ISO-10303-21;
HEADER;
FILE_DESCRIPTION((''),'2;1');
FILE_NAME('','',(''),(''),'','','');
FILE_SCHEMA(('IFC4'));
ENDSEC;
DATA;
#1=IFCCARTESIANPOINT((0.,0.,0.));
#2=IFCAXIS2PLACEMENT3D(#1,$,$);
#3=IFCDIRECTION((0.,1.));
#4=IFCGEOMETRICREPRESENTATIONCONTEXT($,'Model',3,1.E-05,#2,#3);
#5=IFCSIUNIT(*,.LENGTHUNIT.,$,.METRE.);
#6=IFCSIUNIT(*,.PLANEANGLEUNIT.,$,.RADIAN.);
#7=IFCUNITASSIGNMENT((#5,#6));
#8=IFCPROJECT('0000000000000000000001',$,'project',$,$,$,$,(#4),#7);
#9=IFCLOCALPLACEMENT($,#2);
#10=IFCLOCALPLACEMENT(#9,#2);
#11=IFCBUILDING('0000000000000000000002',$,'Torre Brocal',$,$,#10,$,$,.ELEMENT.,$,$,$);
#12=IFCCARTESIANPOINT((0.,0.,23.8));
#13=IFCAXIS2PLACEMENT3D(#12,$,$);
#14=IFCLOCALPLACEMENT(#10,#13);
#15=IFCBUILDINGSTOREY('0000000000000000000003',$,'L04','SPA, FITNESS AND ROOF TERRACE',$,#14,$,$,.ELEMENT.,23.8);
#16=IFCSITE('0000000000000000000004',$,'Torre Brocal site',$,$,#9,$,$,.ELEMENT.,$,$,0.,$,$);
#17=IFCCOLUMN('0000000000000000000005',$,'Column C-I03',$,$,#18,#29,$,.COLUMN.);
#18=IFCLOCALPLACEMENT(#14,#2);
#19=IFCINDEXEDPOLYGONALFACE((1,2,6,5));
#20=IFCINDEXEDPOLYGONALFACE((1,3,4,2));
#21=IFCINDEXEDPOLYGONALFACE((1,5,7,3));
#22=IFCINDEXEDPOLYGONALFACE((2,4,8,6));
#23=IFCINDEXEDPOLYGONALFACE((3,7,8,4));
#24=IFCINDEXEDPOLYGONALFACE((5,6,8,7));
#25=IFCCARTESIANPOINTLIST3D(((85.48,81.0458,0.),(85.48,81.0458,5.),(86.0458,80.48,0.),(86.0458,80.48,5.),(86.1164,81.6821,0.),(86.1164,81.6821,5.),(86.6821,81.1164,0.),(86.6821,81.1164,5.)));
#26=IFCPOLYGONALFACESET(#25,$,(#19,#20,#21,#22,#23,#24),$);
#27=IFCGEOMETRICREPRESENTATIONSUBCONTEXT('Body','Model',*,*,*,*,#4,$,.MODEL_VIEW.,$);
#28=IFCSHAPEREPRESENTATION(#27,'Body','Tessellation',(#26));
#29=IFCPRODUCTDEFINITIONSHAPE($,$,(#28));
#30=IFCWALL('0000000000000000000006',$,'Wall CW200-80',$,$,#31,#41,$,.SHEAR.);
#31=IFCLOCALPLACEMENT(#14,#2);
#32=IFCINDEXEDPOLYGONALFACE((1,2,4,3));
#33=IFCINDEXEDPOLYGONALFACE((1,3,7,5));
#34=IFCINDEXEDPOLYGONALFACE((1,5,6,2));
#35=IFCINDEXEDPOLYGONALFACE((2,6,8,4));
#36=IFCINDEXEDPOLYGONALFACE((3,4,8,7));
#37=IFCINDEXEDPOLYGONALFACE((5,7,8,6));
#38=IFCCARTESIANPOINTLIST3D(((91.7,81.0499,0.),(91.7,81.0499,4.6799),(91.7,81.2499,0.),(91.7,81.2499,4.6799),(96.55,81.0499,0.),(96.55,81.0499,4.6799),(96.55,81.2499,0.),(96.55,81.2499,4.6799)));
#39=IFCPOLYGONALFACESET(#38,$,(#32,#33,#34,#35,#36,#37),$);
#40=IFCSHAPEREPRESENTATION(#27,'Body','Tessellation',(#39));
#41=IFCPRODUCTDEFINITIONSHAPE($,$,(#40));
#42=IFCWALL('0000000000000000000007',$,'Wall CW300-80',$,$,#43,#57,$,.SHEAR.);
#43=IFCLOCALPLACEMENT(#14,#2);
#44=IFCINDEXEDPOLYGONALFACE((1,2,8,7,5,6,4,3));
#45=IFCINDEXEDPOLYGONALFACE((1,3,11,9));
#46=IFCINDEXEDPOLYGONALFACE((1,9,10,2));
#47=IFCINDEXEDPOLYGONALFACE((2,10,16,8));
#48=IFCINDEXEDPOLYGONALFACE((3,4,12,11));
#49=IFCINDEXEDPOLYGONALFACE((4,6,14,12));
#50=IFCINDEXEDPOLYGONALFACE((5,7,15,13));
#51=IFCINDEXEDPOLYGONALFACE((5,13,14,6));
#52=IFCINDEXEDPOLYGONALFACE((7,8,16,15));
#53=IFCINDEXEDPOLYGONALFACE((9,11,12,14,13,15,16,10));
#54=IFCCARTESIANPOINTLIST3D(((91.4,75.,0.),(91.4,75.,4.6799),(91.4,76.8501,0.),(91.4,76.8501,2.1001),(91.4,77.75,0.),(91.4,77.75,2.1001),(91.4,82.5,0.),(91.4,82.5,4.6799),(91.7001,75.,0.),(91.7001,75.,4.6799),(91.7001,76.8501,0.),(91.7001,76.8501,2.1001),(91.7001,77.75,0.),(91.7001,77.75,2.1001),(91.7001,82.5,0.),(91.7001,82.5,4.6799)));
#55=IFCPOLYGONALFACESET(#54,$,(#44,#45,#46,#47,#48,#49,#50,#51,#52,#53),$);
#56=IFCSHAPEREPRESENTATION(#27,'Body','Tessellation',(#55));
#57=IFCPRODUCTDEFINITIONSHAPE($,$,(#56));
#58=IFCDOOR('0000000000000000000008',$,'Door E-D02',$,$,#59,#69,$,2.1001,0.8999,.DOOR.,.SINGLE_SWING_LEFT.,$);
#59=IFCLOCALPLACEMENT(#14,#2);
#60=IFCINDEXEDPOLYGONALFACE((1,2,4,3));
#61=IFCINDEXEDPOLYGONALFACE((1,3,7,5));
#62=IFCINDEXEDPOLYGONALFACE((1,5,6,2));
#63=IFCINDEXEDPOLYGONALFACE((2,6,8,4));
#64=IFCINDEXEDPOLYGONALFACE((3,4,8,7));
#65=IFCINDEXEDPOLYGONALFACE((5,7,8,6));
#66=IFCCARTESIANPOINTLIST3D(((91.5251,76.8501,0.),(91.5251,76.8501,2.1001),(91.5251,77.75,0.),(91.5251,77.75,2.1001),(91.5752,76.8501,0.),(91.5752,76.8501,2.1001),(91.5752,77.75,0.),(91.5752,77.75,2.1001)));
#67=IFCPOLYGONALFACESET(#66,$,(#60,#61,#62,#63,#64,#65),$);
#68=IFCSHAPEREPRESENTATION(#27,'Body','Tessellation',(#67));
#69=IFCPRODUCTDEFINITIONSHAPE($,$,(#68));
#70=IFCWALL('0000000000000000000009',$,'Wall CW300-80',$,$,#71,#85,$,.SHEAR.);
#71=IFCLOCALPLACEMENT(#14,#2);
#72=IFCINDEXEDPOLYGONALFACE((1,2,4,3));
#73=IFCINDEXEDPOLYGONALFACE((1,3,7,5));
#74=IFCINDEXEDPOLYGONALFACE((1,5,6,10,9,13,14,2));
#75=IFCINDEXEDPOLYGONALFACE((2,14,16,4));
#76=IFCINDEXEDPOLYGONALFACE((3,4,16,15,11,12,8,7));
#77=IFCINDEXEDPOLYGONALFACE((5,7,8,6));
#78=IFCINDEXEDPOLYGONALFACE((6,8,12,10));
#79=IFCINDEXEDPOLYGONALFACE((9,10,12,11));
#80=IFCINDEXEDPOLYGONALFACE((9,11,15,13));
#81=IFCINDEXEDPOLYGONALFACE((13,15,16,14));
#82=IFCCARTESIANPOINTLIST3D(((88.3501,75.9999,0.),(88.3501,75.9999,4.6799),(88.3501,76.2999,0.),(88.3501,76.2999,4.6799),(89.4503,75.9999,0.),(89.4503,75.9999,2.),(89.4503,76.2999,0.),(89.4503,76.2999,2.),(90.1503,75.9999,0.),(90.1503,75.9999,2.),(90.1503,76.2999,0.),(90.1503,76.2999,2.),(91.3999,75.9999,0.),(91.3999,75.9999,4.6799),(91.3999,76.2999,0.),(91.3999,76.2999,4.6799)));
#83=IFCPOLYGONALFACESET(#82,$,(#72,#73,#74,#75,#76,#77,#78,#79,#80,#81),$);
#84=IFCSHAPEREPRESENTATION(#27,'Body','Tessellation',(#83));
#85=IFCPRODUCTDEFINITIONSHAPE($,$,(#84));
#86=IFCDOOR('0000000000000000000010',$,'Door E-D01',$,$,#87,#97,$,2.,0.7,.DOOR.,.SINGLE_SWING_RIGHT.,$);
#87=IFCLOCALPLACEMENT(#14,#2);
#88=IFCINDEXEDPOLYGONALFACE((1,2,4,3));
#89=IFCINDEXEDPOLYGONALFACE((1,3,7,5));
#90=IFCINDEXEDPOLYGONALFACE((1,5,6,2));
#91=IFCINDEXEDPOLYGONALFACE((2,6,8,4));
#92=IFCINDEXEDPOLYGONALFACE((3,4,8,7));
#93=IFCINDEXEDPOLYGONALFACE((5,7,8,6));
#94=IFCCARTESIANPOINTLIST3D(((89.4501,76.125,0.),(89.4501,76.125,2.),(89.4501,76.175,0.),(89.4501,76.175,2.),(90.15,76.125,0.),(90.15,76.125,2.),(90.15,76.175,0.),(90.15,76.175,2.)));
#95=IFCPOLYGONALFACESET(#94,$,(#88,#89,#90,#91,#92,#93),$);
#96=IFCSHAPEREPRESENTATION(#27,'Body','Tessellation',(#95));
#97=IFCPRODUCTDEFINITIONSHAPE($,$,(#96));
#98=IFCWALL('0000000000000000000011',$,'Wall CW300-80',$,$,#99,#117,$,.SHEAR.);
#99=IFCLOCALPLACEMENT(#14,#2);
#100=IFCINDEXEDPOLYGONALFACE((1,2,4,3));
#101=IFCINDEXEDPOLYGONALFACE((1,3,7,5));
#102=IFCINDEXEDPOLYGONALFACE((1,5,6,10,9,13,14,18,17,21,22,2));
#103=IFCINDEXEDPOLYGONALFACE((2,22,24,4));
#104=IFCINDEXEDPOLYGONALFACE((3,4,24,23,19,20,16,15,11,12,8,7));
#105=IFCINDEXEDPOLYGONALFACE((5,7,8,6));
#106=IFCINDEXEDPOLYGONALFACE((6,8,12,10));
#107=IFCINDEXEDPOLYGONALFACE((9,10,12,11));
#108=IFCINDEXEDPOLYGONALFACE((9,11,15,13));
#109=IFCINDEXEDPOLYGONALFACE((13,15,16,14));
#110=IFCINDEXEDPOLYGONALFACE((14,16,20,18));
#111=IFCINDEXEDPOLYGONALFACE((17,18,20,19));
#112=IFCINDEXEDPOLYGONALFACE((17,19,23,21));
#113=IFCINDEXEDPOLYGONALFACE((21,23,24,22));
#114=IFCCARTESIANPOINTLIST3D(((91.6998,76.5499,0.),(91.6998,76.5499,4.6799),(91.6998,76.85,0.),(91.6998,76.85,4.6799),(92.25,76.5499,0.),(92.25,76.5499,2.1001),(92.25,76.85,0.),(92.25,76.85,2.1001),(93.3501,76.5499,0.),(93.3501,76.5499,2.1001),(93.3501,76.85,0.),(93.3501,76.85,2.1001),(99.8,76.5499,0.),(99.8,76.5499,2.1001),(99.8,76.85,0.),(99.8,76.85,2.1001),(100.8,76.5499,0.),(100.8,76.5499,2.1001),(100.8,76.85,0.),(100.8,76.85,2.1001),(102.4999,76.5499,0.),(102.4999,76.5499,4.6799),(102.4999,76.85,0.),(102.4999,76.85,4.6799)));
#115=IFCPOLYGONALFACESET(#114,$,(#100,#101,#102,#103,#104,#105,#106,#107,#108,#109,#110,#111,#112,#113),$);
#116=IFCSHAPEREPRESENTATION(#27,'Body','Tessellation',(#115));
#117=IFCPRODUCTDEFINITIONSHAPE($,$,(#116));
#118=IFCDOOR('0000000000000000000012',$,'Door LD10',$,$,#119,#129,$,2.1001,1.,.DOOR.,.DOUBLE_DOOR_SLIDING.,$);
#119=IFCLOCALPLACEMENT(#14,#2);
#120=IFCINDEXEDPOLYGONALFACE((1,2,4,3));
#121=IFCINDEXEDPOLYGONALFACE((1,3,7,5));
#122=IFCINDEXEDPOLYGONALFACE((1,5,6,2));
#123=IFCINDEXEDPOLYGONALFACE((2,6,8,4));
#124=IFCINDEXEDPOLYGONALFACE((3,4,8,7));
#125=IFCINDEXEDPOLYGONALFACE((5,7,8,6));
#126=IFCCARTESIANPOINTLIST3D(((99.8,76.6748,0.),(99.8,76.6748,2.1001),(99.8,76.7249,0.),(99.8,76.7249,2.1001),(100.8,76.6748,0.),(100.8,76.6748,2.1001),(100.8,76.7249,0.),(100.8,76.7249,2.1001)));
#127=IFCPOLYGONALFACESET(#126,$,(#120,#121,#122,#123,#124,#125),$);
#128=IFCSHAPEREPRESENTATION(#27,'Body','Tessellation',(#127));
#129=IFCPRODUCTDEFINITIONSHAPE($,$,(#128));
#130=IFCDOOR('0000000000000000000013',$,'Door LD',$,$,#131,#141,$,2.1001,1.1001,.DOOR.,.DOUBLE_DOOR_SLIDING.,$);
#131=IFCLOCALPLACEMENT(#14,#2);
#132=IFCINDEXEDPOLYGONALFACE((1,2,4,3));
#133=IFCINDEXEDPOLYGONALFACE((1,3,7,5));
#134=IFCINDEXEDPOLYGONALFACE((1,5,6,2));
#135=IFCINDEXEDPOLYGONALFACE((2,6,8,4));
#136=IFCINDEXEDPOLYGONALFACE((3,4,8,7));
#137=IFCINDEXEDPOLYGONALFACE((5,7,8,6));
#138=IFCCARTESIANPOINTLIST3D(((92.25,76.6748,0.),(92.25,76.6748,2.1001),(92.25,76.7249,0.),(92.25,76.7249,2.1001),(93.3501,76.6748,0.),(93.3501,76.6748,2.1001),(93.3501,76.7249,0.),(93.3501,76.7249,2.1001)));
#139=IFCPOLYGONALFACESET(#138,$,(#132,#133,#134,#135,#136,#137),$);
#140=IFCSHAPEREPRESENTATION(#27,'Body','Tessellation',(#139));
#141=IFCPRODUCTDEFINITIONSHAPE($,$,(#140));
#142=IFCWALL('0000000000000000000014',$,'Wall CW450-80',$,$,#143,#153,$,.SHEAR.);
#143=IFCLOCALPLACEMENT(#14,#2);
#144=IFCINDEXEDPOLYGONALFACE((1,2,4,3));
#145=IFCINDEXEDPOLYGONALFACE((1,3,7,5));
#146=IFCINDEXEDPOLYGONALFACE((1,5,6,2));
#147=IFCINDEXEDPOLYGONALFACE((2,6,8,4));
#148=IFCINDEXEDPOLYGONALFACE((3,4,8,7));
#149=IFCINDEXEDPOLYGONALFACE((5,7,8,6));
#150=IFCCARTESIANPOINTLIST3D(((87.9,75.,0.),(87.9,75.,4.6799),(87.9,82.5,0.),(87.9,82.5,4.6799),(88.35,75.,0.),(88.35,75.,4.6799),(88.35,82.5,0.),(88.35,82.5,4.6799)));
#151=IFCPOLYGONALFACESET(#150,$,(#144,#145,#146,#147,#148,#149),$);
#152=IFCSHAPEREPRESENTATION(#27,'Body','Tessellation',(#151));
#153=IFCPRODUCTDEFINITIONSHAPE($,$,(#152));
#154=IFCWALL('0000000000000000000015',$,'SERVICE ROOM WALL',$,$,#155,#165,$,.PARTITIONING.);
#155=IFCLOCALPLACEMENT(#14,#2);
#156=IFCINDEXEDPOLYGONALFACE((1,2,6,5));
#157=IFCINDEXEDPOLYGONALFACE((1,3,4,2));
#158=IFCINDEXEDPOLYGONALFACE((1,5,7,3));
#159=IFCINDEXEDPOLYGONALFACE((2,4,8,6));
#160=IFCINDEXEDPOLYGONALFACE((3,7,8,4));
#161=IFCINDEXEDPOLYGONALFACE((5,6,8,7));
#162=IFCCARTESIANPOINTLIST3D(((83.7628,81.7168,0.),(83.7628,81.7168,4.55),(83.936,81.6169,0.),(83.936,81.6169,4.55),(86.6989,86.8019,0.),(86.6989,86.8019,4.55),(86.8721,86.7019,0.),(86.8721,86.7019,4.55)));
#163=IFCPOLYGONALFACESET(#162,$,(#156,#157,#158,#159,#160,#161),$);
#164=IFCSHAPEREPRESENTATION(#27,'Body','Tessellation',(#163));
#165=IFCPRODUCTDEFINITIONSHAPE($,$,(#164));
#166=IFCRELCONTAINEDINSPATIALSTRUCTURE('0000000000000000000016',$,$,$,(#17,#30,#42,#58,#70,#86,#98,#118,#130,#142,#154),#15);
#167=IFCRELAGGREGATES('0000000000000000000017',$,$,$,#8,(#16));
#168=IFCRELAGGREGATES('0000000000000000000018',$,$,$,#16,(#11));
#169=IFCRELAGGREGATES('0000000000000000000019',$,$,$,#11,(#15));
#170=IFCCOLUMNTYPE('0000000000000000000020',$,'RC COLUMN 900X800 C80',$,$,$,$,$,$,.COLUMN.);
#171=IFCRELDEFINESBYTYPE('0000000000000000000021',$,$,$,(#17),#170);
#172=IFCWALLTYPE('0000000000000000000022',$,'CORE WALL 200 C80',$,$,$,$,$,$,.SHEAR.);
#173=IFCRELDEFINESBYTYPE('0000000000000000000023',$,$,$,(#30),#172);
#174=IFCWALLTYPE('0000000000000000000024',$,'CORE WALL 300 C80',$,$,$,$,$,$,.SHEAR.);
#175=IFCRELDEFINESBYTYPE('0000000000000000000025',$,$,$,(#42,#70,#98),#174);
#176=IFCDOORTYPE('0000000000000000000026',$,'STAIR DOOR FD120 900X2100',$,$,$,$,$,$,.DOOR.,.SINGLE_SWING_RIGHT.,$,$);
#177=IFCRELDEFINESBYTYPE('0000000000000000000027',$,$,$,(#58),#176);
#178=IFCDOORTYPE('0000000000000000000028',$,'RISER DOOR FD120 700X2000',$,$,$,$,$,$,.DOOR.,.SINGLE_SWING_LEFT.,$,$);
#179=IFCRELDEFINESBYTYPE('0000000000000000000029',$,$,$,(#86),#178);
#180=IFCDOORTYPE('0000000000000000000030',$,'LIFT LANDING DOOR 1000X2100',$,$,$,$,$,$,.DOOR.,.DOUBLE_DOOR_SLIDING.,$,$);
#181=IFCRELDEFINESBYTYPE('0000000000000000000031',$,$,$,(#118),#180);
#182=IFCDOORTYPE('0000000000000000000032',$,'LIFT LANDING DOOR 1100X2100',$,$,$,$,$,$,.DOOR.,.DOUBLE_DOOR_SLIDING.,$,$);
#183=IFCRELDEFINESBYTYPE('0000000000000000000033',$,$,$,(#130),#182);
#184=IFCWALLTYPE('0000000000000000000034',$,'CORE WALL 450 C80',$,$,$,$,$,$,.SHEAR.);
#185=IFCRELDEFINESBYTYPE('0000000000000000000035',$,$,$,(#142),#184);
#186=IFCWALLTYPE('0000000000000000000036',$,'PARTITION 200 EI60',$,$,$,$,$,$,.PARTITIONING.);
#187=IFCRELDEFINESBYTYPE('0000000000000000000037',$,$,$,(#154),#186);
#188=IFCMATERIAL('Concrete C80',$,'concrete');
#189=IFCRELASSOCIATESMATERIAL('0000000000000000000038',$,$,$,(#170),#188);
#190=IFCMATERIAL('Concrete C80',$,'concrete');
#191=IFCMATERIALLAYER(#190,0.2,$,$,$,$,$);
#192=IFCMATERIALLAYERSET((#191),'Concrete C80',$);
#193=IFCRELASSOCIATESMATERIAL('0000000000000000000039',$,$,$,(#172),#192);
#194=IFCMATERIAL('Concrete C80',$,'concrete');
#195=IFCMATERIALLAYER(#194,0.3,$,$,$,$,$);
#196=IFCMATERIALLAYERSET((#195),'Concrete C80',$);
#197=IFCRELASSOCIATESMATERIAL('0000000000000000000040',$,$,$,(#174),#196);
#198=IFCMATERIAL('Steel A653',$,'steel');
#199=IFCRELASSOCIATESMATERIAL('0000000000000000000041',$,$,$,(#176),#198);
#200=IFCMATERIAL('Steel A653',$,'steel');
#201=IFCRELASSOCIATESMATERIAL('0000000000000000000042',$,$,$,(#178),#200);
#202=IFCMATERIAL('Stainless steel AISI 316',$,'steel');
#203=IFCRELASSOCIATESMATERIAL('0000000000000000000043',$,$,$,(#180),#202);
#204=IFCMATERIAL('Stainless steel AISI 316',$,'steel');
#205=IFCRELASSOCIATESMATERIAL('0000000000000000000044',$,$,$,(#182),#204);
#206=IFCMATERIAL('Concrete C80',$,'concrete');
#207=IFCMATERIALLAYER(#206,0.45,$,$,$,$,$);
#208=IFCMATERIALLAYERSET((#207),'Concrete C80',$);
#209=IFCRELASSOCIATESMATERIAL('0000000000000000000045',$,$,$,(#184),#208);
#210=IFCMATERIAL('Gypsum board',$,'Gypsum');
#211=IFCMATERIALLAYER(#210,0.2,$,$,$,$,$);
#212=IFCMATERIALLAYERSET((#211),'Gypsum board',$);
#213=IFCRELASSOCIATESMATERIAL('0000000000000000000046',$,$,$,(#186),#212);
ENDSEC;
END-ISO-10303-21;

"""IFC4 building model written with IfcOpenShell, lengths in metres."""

from ifc_helpers import new_model, si_unit, direction, frame, frame_2d, origin, origin_2d, place, context, subcontext, project, spatial, rectangle, extrude, material, layer, layer_set, material_profile, profile_set, type_object, element, fill, save


model = new_model("IFC4")

# Units and contexts
model_context = context("Model", 3, precision=1e-05, world=origin(), true_north=direction((0.0, 1.0)))
body_context = subcontext(model_context, "Body", "Model", "MODEL_VIEW")
ifc_project = project(units=[si_unit("LENGTHUNIT", "METRE"), si_unit("PLANEANGLEUNIT", "RADIAN")], contexts=[model_context])

# Site, building, storey
site_placement = place(None, origin())
site = spatial("IfcSite", under=ifc_project, at=site_placement, Name="Torre Brocal site", CompositionType="ELEMENT", RefElevation=0.0)
building_placement = place(site_placement, origin())
building = spatial("IfcBuilding", under=site, at=building_placement, Name="Torre Brocal", CompositionType="ELEMENT")
storey_placement = place(building_placement, frame((0.0, 0.0, 23.8)))
storey = spatial("IfcBuildingStorey", under=building, at=storey_placement, Name="L04", Description="SPA, FITNESS AND ROOF TERRACE", CompositionType="ELEMENT", Elevation=23.8)

# Column
ifc_material_1 = material(Name="Concrete C80", Category="concrete")
ifc_material_profile = material_profile(ifc_material_1, rectangle(XDim=0.8999, YDim=0.8, at=origin_2d()), Name="RC 900X800")
ifc_profile_set = profile_set([ifc_material_profile], Name="Concrete C80")
column_type = type_object("IfcColumnType", Name="RC COLUMN 900X800 C80", PredefinedType="COLUMN", material=ifc_profile_set)
column_placement = place(storey_placement, frame((86.0811, 81.0811, 0.0), z_axis=(0.0, 0.0, 1.0), x_axis=(0.707107, 0.707107, 0.0)))
element("IfcColumn", 1, at=column_placement, inside=storey, type_object=column_type, Name="Column C-I03", PredefinedType="COLUMN", context=body_context, shape_type="SweptSolid", body=[
    extrude(rectangle(XDim=0.8999, YDim=0.8, at=origin_2d()), origin(), (0.0, 0.0, 1.0), 5.0),
])

# Wall
ifc_material_2 = material(Name="Concrete C80", Category="concrete")
ifc_layer_1 = layer(ifc_material_2, 0.2)
ifc_layer_set_1 = layer_set([ifc_layer_1], Name="Concrete C80")
wall_type_1 = type_object("IfcWallType", Name="CORE WALL 200 C80", PredefinedType="SHEAR", material=ifc_layer_set_1)
wall_1_placement = place(storey_placement, frame((91.7, 81.1499, 0.0), z_axis=(0.0, 0.0, 1.0), x_axis=(1.0, 0.0, 0.0)))
element("IfcWall", 2, at=wall_1_placement, inside=storey, type_object=wall_type_1, Name="Wall CW200-80", PredefinedType="SHEAR", context=body_context, shape_type="SweptSolid", body=[
    extrude(rectangle(XDim=4.8501, YDim=0.2, at=frame_2d((2.425, 0.0))), origin(), (0.0, 0.0, 1.0), 4.6799),
])

# Walls, openings, doors
ifc_material_3 = material(Name="Concrete C80", Category="concrete")
ifc_layer_2 = layer(ifc_material_3, 0.3)
ifc_layer_set_2 = layer_set([ifc_layer_2], Name="Concrete C80")
wall_type_2 = type_object("IfcWallType", Name="CORE WALL 300 C80", PredefinedType="SHEAR", material=ifc_layer_set_2)
wall_2_placement = place(storey_placement, frame((91.55, 75.0, 0.0), z_axis=(0.0, 0.0, 1.0), x_axis=(0.0, 1.0, 0.0)))
wall_2 = element("IfcWall", 3, at=wall_2_placement, inside=storey, type_object=wall_type_2, Name="Wall CW300-80", PredefinedType="SHEAR", context=body_context, shape_type="SweptSolid", body=[
    extrude(rectangle(XDim=7.5, YDim=0.3, at=frame_2d((3.75, 0.0))), origin(), (0.0, 0.0, 1.0), 4.6799),
])
opening_1_placement = place(wall_2_placement, frame((1.8501, 0.0, 0.0)))
opening_1 = element("IfcOpeningElement", 4, at=opening_1_placement, cuts=wall_2, PredefinedType="OPENING", context=body_context, shape_type="SweptSolid", body=[
    extrude(rectangle(XDim=0.8999, YDim=2.1001, at=frame_2d((0.45, 1.05))), frame((0.0, 0.1599, 0.0), z_axis=(0.0, -1.0, 0.0), x_axis=(1.0, 0.0, 0.0)), (0.0, 0.0, 1.0), 0.3201),
])
ifc_material_4 = material(Name="Steel A653", Category="steel")
door_type_1 = type_object("IfcDoorType", Name="STAIR DOOR FD120 900X2100", OperationType="SINGLE_SWING_RIGHT", PredefinedType="DOOR", material=ifc_material_4)
door_1_placement = place(opening_1_placement, origin())
door_1 = element("IfcDoor", 5, at=door_1_placement, inside=storey, type_object=door_type_1, Name="Door E-D02", OperationType="SINGLE_SWING_LEFT", OverallHeight=2.1001, OverallWidth=0.8999, PredefinedType="DOOR", context=body_context, shape_type="SweptSolid", body=[
    extrude(rectangle(XDim=0.8999, YDim=2.1001, at=frame_2d((0.45, 1.05))), frame((0.0, 0.0249, 0.0), z_axis=(0.0, -1.0, 0.0), x_axis=(1.0, 0.0, 0.0)), (0.0, 0.0, 1.0), 0.05),
])
fill(opening_1, door_1)
wall_3_placement = place(storey_placement, frame((88.3501, 76.1499, 0.0), z_axis=(0.0, 0.0, 1.0), x_axis=(1.0, 0.0, 0.0)))
wall_3 = element("IfcWall", 6, at=wall_3_placement, inside=storey, type_object=wall_type_2, Name="Wall CW300-80", PredefinedType="SHEAR", context=body_context, shape_type="SweptSolid", body=[
    extrude(rectangle(XDim=3.0498, YDim=0.3, at=frame_2d((1.5249, 0.0))), origin(), (0.0, 0.0, 1.0), 4.6799),
])
opening_2_placement = place(wall_3_placement, frame((1.1001, 0.0, 0.0)))
opening_2 = element("IfcOpeningElement", 7, at=opening_2_placement, cuts=wall_3, PredefinedType="OPENING", context=body_context, shape_type="SweptSolid", body=[
    extrude(rectangle(XDim=0.7, YDim=2.0, at=frame_2d((0.3501, 1.0))), frame((0.0, 0.1599, 0.0), z_axis=(0.0, -1.0, 0.0), x_axis=(1.0, 0.0, 0.0)), (0.0, 0.0, 1.0), 0.3201),
])
ifc_material_5 = material(Name="Steel A653", Category="steel")
door_type_2 = type_object("IfcDoorType", Name="RISER DOOR FD120 700X2000", OperationType="SINGLE_SWING_LEFT", PredefinedType="DOOR", material=ifc_material_5)
door_2_placement = place(opening_2_placement, frame((0.7, 0.0, 0.0), z_axis=(0.0, 0.0, 1.0), x_axis=(-1.0, 0.0, 0.0)))
door_2 = element("IfcDoor", 8, at=door_2_placement, inside=storey, type_object=door_type_2, Name="Door E-D01", OperationType="SINGLE_SWING_RIGHT", OverallHeight=2.0, OverallWidth=0.7, PredefinedType="DOOR", context=body_context, shape_type="SweptSolid", body=[
    extrude(rectangle(XDim=0.7, YDim=2.0, at=frame_2d((0.3501, 1.0))), frame((0.0, 0.0249, 0.0), z_axis=(0.0, -1.0, 0.0), x_axis=(1.0, 0.0, 0.0)), (0.0, 0.0, 1.0), 0.05),
])
fill(opening_2, door_2)

# Wall, openings, doors
wall_4_placement = place(storey_placement, frame((91.7, 76.7, 0.0), z_axis=(0.0, 0.0, 1.0), x_axis=(1.0, 0.0, 0.0)))
wall_4 = element("IfcWall", 9, at=wall_4_placement, inside=storey, type_object=wall_type_2, Name="Wall CW300-80", PredefinedType="SHEAR", context=body_context, shape_type="SweptSolid", body=[
    extrude(rectangle(XDim=10.8, YDim=0.3, at=frame_2d((5.3999, 0.0))), origin(), (0.0, 0.0, 1.0), 4.6799),
])
opening_3_placement = place(wall_4_placement, frame((0.55, 0.0, 0.0)))
opening_3 = element("IfcOpeningElement", 10, at=opening_3_placement, cuts=wall_4, PredefinedType="OPENING", context=body_context, shape_type="SweptSolid", body=[
    extrude(rectangle(XDim=1.1001, YDim=2.1001, at=frame_2d((0.55, 1.05))), frame((0.0, 0.1599, 0.0), z_axis=(0.0, -1.0, 0.0), x_axis=(1.0, 0.0, 0.0)), (0.0, 0.0, 1.0), 0.3201),
])
opening_4_placement = place(wall_4_placement, frame((8.1001, 0.0, 0.0)))
opening_4 = element("IfcOpeningElement", 11, at=opening_4_placement, cuts=wall_4, PredefinedType="OPENING", context=body_context, shape_type="SweptSolid", body=[
    extrude(rectangle(XDim=1.0, YDim=2.1001, at=frame_2d((0.5, 1.05))), frame((0.0, 0.1599, 0.0), z_axis=(0.0, -1.0, 0.0), x_axis=(1.0, 0.0, 0.0)), (0.0, 0.0, 1.0), 0.3201),
])
ifc_material_6 = material(Name="Stainless steel AISI 316", Category="steel")
door_type_3 = type_object("IfcDoorType", Name="LIFT LANDING DOOR 1000X2100", OperationType="DOUBLE_DOOR_SLIDING", PredefinedType="DOOR", material=ifc_material_6)
door_3_placement = place(opening_4_placement, origin())
door_3 = element("IfcDoor", 12, at=door_3_placement, inside=storey, type_object=door_type_3, Name="Door LD10", OperationType="DOUBLE_DOOR_SLIDING", OverallHeight=2.1001, OverallWidth=1.0, PredefinedType="DOOR", context=body_context, shape_type="SweptSolid", body=[
    extrude(rectangle(XDim=1.0, YDim=2.1001, at=frame_2d((0.5, 1.05))), frame((0.0, 0.0249, 0.0), z_axis=(0.0, -1.0, 0.0), x_axis=(1.0, 0.0, 0.0)), (0.0, 0.0, 1.0), 0.05),
])
fill(opening_4, door_3)
ifc_material_7 = material(Name="Stainless steel AISI 316", Category="steel")
door_type_4 = type_object("IfcDoorType", Name="LIFT LANDING DOOR 1100X2100", OperationType="DOUBLE_DOOR_SLIDING", PredefinedType="DOOR", material=ifc_material_7)
door_4_placement = place(opening_3_placement, origin())
door_4 = element("IfcDoor", 13, at=door_4_placement, inside=storey, type_object=door_type_4, Name="Door LD", OperationType="DOUBLE_DOOR_SLIDING", OverallHeight=2.1001, OverallWidth=1.1001, PredefinedType="DOOR", context=body_context, shape_type="SweptSolid", body=[
    extrude(rectangle(XDim=1.1001, YDim=2.1001, at=frame_2d((0.55, 1.05))), frame((0.0, 0.0249, 0.0), z_axis=(0.0, -1.0, 0.0), x_axis=(1.0, 0.0, 0.0)), (0.0, 0.0, 1.0), 0.05),
])
fill(opening_3, door_4)

# Walls
ifc_material_8 = material(Name="Concrete C80", Category="concrete")
ifc_layer_3 = layer(ifc_material_8, 0.45)
ifc_layer_set_3 = layer_set([ifc_layer_3], Name="Concrete C80")
wall_type_3 = type_object("IfcWallType", Name="CORE WALL 450 C80", PredefinedType="SHEAR", material=ifc_layer_set_3)
wall_5_placement = place(storey_placement, frame((88.125, 75.0, 0.0), z_axis=(0.0, 0.0, 1.0), x_axis=(0.0, 1.0, 0.0)))
element("IfcWall", 14, at=wall_5_placement, inside=storey, type_object=wall_type_3, Name="Wall CW450-80", PredefinedType="SHEAR", context=body_context, shape_type="SweptSolid", body=[
    extrude(rectangle(XDim=7.5, YDim=0.45, at=frame_2d((3.75, 0.0))), origin(), (0.0, 0.0, 1.0), 4.6799),
])
ifc_material_9 = material(Name="Gypsum board", Category="Gypsum")
ifc_layer_4 = layer(ifc_material_9, 0.2)
ifc_layer_set_4 = layer_set([ifc_layer_4], Name="Gypsum board")
wall_type_4 = type_object("IfcWallType", Name="PARTITION 200 EI60", PredefinedType="PARTITIONING", material=ifc_layer_set_4)
wall_6_placement = place(storey_placement, frame((83.8494, 81.6667, 0.0), z_axis=(0.0, 0.0, 1.0), x_axis=(0.50003, 0.866008, 0.0)))
element("IfcWall", 15, at=wall_6_placement, inside=storey, type_object=wall_type_4, Name="SERVICE ROOM WALL", PredefinedType="PARTITIONING", context=body_context, shape_type="SweptSolid", body=[
    extrude(rectangle(XDim=5.8718, YDim=0.2, at=frame_2d((2.936, 0.0))), origin(), (0.0, 0.0, 1.0), 4.55),
])

save(model, "model.ifc")
